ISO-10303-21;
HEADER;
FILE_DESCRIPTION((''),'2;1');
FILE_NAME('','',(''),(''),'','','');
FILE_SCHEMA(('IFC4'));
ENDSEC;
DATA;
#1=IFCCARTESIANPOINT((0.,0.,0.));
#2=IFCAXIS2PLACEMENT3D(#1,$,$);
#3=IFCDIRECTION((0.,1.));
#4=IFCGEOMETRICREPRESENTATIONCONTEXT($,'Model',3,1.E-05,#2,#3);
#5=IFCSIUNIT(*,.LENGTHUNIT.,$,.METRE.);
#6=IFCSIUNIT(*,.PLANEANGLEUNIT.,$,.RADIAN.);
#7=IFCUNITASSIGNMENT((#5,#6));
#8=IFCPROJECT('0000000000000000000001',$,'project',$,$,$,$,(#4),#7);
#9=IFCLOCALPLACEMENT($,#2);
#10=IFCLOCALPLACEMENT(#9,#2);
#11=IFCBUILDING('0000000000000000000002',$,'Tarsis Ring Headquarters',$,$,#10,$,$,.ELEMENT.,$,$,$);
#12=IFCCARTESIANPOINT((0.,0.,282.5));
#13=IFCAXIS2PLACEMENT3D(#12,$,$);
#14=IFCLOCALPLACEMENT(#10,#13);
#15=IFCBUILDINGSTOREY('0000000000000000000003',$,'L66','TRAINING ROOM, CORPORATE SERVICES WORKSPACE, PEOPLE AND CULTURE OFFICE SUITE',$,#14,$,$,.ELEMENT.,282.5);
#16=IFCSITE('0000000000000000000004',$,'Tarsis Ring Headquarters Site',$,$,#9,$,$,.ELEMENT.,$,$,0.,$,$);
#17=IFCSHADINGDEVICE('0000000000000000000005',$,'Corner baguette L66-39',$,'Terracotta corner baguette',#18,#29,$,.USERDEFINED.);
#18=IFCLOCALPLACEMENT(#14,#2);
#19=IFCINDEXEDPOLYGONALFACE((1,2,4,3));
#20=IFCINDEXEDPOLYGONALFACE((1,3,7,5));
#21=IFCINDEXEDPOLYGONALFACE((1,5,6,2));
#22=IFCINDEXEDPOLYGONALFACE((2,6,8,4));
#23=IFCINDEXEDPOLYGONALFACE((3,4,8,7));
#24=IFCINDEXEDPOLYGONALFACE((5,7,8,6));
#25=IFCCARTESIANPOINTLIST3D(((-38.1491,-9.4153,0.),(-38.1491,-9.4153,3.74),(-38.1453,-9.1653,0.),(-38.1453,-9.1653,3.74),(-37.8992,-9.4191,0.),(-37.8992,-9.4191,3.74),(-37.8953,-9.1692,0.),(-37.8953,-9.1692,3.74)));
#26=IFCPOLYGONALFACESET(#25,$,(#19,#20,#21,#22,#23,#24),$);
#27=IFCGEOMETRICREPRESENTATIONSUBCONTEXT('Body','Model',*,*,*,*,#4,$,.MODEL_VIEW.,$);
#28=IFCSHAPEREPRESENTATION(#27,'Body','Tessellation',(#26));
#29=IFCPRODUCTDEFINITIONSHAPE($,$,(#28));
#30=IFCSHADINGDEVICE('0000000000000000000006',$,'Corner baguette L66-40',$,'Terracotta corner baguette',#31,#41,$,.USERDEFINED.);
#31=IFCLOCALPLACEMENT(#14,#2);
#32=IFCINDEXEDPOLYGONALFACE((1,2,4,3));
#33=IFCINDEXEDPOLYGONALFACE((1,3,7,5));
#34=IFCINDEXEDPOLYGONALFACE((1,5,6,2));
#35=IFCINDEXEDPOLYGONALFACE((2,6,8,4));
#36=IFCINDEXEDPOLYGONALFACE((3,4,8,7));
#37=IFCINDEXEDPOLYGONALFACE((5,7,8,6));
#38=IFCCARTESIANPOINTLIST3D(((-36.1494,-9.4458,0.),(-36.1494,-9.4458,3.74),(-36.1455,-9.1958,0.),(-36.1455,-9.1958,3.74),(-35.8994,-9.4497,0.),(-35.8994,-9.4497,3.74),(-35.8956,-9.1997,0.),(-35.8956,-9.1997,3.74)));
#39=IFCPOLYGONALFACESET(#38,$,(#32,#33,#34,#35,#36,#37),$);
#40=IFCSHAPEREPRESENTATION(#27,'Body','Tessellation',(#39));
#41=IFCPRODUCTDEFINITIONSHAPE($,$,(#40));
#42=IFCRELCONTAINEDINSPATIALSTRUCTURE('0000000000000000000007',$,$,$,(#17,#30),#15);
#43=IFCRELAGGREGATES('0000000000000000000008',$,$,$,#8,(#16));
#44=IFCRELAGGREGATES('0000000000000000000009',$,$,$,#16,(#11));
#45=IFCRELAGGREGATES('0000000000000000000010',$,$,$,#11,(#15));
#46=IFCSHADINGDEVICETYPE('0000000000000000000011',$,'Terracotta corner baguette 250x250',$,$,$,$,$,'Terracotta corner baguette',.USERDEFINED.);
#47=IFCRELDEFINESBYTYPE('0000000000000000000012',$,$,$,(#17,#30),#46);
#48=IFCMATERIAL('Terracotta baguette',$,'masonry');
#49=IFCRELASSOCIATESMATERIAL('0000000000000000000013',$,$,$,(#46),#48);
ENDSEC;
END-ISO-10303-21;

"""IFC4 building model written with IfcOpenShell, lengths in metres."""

from ifc_helpers import new_model, si_unit, direction, frame, origin, origin_2d, place, context, subcontext, project, spatial, rectangle, extrude, material, type_object, element, save


model = new_model("IFC4")

# Units and contexts
model_context = context("Model", 3, precision=1e-05, world=origin(), true_north=direction((0.0, 1.0)))
body_context = subcontext(model_context, "Body", "Model", "MODEL_VIEW")
ifc_project = project(units=[si_unit("LENGTHUNIT", "METRE"), si_unit("PLANEANGLEUNIT", "RADIAN")], contexts=[model_context])

# Site, building, storey
site_placement = place(None, origin())
site = spatial("IfcSite", under=ifc_project, at=site_placement, Name="Tarsis Ring Headquarters Site", CompositionType="ELEMENT", RefElevation=0.0)
building_placement = place(site_placement, origin())
building = spatial("IfcBuilding", under=site, at=building_placement, Name="Tarsis Ring Headquarters", CompositionType="ELEMENT")
storey_placement = place(building_placement, frame((0.0, 0.0, 282.5)))
storey = spatial("IfcBuildingStorey", under=building, at=storey_placement, Name="L66", Description="TRAINING ROOM, CORPORATE SERVICES WORKSPACE, PEOPLE AND CULTURE OFFICE SUITE", CompositionType="ELEMENT", Elevation=282.5)

# Shading devices
ifc_material_1 = material(Name="Terracotta baguette", Category="masonry")
shading_device_type_1 = type_object("IfcShadingDeviceType", Name="Terracotta corner baguette 250x250", ElementType="Terracotta corner baguette", PredefinedType="USERDEFINED", material=ifc_material_1)
for number, where, z_axis, x_axis, name in (
    (1, (-38.0222, -9.2922, 0.0), (0.0, 0.0, 1.0), (-0.015358, -0.999882, 0.0), "Corner baguette L66-39"),
    (2, (-36.0225, -9.3228, 0.0), (0.0, 0.0, 1.0), (0.999882, -0.015358, 0.0), "Corner baguette L66-40"),
):
    element("IfcShadingDevice", number, at=place(storey_placement, frame(where, z_axis=z_axis, x_axis=x_axis)), inside=storey, type_object=shading_device_type_1, Name=name, ObjectType="Terracotta corner baguette", PredefinedType="USERDEFINED", context=body_context, shape_type="SweptSolid", body=[
        extrude(rectangle(XDim=0.25, YDim=0.25, at=origin_2d()), origin(), (0.0, 0.0, 1.0), 3.74),
    ])

save(model, "model.ifc")
